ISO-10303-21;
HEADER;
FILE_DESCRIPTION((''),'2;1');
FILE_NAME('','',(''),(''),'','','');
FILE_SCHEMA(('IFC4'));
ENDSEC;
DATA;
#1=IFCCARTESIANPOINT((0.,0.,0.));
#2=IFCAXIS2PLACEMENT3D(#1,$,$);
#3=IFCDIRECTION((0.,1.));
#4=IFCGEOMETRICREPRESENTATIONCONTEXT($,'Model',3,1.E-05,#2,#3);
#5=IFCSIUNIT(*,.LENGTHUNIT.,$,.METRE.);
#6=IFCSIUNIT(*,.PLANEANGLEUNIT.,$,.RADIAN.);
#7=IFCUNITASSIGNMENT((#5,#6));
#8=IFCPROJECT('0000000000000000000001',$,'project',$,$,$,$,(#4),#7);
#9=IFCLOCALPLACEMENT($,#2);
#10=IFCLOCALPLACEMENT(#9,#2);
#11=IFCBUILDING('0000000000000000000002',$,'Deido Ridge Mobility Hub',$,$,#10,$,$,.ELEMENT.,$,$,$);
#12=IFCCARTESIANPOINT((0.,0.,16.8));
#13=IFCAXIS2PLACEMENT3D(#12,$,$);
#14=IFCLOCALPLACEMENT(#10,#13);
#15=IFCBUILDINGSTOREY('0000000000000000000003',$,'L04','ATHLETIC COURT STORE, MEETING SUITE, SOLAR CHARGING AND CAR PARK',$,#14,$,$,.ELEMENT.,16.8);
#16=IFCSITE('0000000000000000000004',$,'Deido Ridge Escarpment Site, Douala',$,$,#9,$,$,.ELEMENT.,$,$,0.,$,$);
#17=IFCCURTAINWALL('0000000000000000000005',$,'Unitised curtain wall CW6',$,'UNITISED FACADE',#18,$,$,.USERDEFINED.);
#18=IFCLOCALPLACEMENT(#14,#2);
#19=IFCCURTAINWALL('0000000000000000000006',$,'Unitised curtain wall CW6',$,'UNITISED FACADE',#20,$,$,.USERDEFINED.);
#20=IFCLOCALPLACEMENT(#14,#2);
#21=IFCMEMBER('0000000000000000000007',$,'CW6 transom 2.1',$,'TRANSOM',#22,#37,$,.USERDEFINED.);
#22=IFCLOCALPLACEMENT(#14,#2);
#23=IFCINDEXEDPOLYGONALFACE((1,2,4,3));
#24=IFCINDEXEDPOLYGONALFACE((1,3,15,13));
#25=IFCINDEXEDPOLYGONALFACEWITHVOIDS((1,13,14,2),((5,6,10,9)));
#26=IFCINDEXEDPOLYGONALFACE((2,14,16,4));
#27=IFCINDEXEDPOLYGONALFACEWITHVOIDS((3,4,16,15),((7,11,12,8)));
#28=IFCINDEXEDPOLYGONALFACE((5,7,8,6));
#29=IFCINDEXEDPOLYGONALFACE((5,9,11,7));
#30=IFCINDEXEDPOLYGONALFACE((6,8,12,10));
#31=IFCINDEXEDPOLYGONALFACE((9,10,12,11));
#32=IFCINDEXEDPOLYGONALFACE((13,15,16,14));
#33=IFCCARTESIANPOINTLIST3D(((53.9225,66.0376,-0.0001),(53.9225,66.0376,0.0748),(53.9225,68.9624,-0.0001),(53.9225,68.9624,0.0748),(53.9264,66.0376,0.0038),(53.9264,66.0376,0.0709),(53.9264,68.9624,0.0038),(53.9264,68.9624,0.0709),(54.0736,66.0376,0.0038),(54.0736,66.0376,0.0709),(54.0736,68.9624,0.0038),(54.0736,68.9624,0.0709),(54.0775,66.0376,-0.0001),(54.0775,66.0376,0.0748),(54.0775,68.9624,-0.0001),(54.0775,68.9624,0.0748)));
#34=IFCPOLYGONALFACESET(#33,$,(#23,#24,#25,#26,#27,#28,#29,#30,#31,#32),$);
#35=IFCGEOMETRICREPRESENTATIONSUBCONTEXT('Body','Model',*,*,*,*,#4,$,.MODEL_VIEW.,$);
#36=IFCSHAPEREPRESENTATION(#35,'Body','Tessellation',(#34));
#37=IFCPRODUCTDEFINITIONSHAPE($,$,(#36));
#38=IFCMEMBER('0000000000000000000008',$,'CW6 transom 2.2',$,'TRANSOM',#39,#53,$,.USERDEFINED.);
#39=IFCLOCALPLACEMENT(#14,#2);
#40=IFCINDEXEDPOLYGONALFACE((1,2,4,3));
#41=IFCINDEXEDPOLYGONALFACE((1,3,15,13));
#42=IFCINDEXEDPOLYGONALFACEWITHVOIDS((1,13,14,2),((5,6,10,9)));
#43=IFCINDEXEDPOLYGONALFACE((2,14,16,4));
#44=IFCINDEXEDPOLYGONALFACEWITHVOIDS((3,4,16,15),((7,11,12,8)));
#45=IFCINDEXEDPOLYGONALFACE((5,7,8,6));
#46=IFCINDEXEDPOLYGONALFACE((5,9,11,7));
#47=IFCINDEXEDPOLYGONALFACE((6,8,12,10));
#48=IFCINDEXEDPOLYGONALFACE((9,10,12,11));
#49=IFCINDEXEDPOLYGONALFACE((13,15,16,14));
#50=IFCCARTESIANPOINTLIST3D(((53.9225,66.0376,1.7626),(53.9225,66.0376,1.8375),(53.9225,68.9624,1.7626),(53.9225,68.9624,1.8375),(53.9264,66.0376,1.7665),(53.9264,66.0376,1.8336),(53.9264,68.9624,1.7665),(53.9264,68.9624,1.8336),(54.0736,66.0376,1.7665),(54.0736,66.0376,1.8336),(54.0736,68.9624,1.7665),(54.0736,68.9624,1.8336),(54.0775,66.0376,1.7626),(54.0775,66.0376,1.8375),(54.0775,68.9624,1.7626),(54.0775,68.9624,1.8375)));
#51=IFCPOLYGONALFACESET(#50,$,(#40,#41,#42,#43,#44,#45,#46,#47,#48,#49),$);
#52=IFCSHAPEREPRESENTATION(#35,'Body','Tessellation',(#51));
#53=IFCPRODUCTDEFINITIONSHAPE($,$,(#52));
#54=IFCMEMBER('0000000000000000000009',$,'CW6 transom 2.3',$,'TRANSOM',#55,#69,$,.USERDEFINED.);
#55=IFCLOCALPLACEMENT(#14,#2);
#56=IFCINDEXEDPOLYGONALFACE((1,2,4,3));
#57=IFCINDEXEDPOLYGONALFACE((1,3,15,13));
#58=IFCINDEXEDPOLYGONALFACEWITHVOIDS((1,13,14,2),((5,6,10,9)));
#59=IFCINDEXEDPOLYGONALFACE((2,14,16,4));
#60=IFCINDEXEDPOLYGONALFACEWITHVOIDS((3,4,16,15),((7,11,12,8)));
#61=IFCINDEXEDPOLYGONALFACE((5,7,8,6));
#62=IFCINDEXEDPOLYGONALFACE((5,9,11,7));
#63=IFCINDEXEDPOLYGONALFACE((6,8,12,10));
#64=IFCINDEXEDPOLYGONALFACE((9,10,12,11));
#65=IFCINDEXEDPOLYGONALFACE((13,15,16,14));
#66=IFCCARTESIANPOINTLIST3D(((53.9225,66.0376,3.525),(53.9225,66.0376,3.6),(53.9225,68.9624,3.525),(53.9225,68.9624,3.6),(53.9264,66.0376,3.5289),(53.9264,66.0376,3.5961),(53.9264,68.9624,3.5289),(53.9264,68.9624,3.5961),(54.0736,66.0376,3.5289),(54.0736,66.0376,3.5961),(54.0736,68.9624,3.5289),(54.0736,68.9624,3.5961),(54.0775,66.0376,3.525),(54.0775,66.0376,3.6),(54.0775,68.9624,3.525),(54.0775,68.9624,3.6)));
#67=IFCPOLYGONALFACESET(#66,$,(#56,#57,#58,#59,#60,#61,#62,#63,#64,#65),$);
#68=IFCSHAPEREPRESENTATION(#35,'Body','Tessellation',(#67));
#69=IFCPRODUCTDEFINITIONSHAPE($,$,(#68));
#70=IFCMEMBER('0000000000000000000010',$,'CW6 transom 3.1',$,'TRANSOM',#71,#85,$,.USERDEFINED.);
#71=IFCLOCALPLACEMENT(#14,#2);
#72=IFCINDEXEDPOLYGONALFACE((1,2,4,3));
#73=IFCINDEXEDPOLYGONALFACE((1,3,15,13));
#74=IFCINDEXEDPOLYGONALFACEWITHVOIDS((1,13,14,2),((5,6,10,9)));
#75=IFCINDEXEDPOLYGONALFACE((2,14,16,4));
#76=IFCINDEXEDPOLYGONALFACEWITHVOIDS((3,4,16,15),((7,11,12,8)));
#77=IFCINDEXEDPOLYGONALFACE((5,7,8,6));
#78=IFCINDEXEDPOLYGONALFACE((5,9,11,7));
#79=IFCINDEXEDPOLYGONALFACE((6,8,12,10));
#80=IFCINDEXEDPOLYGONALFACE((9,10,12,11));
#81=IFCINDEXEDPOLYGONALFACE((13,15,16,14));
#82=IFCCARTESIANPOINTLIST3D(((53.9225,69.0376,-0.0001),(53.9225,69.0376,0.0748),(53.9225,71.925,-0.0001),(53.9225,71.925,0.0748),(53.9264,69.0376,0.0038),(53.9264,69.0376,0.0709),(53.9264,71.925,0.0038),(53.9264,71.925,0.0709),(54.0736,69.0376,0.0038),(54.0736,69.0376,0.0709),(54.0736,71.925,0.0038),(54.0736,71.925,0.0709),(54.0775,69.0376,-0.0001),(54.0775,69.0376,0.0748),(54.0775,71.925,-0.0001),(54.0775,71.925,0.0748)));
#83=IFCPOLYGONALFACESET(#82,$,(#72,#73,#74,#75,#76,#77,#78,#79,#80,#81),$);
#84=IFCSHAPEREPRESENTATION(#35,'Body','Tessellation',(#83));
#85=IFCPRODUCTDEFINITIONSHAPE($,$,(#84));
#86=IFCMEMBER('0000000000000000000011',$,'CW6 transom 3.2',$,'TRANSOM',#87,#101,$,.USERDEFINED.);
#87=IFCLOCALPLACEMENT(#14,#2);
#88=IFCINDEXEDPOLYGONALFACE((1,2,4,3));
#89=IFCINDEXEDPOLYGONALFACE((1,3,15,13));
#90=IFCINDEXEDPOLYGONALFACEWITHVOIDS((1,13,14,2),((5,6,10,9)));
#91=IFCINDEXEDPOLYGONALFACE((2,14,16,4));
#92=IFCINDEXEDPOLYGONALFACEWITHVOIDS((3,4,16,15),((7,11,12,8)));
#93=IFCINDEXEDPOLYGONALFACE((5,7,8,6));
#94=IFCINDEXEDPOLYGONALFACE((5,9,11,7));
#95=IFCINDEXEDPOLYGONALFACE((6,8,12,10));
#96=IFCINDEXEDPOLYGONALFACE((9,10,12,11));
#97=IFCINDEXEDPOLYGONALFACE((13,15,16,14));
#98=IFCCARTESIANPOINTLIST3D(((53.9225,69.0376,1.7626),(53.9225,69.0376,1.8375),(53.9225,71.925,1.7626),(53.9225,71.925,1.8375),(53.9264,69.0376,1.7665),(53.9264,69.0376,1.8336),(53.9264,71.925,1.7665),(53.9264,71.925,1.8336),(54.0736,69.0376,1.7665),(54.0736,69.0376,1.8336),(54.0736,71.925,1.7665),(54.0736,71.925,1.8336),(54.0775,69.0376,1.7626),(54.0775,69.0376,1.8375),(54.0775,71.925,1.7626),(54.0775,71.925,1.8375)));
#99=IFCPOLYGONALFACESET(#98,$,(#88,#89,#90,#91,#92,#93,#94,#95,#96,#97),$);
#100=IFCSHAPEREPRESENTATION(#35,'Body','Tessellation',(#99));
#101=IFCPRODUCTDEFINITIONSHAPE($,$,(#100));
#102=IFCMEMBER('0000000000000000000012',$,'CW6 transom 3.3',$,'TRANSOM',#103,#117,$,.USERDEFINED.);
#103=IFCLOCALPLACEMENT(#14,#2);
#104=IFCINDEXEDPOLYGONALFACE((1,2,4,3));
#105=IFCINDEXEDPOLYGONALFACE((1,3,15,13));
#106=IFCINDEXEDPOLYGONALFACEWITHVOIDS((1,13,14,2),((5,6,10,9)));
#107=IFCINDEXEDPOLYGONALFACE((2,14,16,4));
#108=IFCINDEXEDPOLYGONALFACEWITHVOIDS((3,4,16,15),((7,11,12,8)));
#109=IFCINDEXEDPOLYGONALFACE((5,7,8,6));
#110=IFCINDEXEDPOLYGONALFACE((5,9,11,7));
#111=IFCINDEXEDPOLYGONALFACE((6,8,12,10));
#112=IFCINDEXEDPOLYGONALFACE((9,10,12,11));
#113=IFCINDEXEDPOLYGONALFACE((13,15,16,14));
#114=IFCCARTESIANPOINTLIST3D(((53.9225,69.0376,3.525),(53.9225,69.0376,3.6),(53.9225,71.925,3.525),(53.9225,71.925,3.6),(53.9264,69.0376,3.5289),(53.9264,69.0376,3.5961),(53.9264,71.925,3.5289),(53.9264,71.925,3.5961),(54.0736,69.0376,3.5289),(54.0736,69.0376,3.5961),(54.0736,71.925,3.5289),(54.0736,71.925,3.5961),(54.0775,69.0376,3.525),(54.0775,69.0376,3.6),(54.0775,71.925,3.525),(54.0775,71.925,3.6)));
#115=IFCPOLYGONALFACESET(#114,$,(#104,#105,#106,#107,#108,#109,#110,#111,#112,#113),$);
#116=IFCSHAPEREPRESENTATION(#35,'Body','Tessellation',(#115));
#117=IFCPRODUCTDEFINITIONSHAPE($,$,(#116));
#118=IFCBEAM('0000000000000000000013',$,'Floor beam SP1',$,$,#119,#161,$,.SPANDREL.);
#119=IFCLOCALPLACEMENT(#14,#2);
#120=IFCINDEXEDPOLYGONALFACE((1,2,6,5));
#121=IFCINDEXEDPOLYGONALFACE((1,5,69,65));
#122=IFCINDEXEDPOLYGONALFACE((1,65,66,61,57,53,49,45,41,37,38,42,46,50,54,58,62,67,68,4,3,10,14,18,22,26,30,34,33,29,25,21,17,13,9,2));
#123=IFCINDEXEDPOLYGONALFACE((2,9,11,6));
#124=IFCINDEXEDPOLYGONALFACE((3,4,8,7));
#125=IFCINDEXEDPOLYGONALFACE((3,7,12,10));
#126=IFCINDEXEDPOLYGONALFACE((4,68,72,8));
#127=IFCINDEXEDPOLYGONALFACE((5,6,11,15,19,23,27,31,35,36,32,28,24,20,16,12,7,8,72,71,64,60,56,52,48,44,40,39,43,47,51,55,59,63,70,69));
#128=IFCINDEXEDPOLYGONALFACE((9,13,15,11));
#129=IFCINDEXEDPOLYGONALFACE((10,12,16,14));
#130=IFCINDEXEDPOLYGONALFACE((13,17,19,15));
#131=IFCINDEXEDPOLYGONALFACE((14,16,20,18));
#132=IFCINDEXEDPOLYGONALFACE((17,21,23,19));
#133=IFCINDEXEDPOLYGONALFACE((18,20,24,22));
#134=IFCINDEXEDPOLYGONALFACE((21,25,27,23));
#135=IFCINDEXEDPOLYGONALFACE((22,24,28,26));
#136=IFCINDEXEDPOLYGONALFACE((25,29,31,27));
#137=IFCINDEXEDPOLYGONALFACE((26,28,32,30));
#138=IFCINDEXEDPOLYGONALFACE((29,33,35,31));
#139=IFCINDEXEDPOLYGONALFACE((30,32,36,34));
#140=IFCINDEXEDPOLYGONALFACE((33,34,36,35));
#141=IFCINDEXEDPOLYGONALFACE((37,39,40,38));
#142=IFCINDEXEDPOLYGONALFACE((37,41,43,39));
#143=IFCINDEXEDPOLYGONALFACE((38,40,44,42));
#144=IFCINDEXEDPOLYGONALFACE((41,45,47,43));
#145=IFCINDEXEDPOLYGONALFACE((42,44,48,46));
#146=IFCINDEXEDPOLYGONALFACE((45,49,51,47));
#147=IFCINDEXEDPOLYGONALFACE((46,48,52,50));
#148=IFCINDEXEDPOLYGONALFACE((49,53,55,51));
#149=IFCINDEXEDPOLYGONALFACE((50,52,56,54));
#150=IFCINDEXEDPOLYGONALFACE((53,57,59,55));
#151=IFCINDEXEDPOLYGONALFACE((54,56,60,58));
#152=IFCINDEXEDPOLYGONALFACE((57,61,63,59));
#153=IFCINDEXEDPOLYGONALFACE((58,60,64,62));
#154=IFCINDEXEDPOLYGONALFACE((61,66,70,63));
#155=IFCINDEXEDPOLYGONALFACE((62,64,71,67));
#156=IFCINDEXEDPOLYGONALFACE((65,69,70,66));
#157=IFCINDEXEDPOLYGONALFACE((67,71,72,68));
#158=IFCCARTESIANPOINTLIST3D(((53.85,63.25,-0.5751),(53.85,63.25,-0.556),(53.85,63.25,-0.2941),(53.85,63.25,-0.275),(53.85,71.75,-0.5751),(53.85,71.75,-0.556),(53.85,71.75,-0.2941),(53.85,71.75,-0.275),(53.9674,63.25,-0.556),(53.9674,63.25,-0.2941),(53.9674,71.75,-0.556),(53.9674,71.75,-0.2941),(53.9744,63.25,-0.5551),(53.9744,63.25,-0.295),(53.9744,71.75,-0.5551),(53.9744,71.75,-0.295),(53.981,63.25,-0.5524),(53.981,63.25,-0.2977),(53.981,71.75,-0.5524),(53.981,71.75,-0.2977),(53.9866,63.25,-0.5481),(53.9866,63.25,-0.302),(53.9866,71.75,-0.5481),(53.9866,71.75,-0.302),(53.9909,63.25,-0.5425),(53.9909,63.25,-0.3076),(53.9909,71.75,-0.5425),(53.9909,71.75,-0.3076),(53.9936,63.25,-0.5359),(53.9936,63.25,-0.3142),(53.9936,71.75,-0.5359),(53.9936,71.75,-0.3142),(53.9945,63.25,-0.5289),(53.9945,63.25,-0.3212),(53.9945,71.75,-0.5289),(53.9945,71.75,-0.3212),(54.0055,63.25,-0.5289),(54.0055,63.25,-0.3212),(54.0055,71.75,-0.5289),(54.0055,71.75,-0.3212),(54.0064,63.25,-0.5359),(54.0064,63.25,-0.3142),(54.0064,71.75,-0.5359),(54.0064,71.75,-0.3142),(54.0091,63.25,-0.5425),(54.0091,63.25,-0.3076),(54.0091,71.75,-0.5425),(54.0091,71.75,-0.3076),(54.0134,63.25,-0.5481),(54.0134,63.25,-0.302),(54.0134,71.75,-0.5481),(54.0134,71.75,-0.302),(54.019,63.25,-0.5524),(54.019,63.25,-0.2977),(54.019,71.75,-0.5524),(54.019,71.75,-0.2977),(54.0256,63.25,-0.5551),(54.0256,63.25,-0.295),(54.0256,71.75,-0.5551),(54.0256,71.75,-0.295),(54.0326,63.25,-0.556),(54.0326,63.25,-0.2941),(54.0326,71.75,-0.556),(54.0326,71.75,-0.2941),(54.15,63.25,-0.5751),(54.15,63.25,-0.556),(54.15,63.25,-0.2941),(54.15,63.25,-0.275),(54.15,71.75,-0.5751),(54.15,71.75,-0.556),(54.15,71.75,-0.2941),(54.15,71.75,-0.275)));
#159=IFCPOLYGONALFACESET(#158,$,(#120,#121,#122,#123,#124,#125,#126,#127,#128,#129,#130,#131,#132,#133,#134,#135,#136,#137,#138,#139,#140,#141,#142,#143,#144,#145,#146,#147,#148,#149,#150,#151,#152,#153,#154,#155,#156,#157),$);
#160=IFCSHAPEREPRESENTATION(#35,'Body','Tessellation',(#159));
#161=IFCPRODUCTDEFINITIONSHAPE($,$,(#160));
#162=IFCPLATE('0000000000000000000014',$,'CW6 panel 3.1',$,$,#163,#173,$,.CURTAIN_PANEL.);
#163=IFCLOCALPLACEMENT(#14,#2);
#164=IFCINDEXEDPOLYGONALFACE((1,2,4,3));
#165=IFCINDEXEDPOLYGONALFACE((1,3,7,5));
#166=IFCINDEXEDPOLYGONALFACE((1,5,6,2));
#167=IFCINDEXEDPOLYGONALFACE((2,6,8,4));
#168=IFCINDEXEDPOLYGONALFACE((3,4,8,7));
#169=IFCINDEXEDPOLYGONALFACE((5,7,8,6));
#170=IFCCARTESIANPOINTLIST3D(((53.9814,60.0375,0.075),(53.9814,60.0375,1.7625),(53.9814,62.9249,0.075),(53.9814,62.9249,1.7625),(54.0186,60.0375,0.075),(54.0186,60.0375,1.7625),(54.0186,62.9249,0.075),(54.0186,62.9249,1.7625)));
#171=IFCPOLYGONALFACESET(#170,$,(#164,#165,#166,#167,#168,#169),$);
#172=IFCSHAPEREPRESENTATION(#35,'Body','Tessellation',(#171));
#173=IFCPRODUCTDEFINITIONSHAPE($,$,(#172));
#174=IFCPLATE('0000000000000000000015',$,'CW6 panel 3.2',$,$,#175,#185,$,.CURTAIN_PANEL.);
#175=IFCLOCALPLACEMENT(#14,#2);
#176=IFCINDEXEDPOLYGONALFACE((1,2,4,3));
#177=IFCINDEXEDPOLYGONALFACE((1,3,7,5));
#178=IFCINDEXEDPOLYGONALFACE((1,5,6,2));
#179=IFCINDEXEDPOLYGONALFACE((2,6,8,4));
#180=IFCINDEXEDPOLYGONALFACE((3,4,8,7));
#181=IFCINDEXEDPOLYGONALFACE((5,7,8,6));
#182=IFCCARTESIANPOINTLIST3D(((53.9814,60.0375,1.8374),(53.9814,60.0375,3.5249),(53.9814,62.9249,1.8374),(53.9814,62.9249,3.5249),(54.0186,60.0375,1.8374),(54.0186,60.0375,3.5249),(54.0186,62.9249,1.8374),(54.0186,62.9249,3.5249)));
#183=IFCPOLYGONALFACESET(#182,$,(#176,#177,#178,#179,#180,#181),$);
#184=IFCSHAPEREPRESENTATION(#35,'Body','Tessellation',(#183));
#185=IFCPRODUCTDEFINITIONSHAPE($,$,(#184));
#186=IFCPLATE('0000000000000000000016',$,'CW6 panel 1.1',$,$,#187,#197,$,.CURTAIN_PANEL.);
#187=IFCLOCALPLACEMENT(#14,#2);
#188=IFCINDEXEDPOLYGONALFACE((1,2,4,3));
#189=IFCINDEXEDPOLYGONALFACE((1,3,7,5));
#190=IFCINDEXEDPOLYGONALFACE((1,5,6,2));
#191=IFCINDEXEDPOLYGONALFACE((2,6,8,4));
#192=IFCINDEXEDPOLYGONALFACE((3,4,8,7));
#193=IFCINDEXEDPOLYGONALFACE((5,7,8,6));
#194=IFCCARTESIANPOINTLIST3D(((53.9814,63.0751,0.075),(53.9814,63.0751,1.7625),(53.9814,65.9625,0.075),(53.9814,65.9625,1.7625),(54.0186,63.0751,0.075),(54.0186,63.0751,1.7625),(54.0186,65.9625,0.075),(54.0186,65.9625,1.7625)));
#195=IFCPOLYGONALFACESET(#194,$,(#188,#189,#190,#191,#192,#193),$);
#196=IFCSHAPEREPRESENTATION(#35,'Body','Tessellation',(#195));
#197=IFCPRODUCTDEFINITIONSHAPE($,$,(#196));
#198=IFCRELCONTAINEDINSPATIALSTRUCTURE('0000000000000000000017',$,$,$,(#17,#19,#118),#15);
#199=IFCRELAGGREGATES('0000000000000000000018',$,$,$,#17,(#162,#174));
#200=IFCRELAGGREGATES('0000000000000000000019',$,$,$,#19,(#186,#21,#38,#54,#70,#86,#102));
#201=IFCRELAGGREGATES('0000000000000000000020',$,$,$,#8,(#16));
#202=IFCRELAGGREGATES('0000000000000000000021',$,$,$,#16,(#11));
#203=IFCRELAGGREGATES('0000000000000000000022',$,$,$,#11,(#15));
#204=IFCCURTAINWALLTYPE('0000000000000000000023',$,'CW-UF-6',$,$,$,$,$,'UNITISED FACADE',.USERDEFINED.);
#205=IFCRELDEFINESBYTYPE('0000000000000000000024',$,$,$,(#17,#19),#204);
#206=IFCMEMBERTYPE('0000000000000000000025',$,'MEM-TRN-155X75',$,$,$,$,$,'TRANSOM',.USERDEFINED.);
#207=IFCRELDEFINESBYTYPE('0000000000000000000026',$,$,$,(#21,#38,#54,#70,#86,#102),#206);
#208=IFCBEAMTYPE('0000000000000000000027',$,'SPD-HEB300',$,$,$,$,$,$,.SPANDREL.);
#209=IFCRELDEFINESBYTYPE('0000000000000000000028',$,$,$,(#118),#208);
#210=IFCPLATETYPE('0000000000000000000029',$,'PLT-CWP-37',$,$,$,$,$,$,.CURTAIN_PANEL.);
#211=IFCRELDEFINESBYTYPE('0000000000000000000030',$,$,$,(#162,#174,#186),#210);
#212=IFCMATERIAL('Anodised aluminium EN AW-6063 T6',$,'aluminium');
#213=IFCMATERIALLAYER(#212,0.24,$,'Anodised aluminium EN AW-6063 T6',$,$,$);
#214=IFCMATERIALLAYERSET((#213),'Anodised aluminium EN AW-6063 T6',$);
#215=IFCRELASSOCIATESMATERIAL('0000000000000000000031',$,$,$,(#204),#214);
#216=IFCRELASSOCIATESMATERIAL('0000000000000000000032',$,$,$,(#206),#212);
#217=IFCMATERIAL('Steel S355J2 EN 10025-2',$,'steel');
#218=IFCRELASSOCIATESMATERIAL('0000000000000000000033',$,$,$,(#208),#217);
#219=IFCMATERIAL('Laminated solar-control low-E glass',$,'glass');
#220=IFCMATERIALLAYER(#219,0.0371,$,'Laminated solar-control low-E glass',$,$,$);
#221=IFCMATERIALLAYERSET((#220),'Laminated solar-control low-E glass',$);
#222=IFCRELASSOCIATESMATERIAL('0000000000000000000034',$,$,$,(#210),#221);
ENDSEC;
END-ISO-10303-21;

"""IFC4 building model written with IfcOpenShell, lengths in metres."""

from ifc_helpers import new_model, si_unit, direction, frame, origin, origin_2d, place, context, subcontext, project, spatial, rectangle, hollow_rectangle, i_section, extrude, material, layer, layer_set, material_profile, profile_set, type_object, element, aggregate, save


model = new_model("IFC4")

# Units and contexts
model_context = context("Model", 3, precision=1e-05, world=origin(), true_north=direction((0.0, 1.0)))
body_context = subcontext(model_context, "Body", "Model", "MODEL_VIEW")
ifc_project = project(units=[si_unit("LENGTHUNIT", "METRE"), si_unit("PLANEANGLEUNIT", "RADIAN")], contexts=[model_context])

# Site, building, storey
site_placement = place(None, origin())
site = spatial("IfcSite", under=ifc_project, at=site_placement, Name="Deido Ridge Escarpment Site, Douala", CompositionType="ELEMENT", RefElevation=0.0)
building_placement = place(site_placement, origin())
building = spatial("IfcBuilding", under=site, at=building_placement, Name="Deido Ridge Mobility Hub", CompositionType="ELEMENT")
storey_placement = place(building_placement, frame((0.0, 0.0, 16.8)))
storey = spatial("IfcBuildingStorey", under=building, at=storey_placement, Name="L04", Description="ATHLETIC COURT STORE, MEETING SUITE, SOLAR CHARGING AND CAR PARK", CompositionType="ELEMENT", Elevation=16.8)

# Curtain walls
ifc_material_1 = material(Name="Anodised aluminium EN AW-6063 T6", Category="aluminium")
ifc_layer_1 = layer(ifc_material_1, 0.24, Name="Anodised aluminium EN AW-6063 T6")
ifc_layer_set_1 = layer_set([ifc_layer_1], Name="Anodised aluminium EN AW-6063 T6")
curtain_wall_type = type_object("IfcCurtainWallType", Name="CW-UF-6", ElementType="UNITISED FACADE", PredefinedType="USERDEFINED", material=ifc_layer_set_1)
curtain_wall_1_placement = place(storey_placement, origin())
curtain_wall_1 = element("IfcCurtainWall", 1, at=curtain_wall_1_placement, inside=storey, type_object=curtain_wall_type, Name="Unitised curtain wall CW6", ObjectType="UNITISED FACADE", PredefinedType="USERDEFINED")
curtain_wall_2_placement = place(storey_placement, origin())
curtain_wall_2 = element("IfcCurtainWall", 2, at=curtain_wall_2_placement, inside=storey, type_object=curtain_wall_type, Name="Unitised curtain wall CW6", ObjectType="UNITISED FACADE", PredefinedType="USERDEFINED")

# Members
ifc_material_profile_1 = material_profile(ifc_material_1, hollow_rectangle(XDim=0.155, YDim=0.075, WallThickness=0.0039, at=origin_2d()), Name="RHS 155x75x4")
ifc_profile_set_1 = profile_set([ifc_material_profile_1], Name="Anodised aluminium EN AW-6063 T6")
member_type_1 = type_object("IfcMemberType", Name="MEM-TRN-155X75", ElementType="TRANSOM", PredefinedType="USERDEFINED", material=ifc_profile_set_1)
member_1_placement = place(storey_placement, frame((54.0, 66.0376, 0.0374), z_axis=(0.0, 1.0, 0.0), x_axis=(-1.0, 0.0, 0.0)))
member_1 = element("IfcMember", 3, at=member_1_placement, type_object=member_type_1, Name="CW6 transom 2.1", ObjectType="TRANSOM", PredefinedType="USERDEFINED", context=body_context, shape_type="SweptSolid", body=[
    extrude(hollow_rectangle(XDim=0.155, YDim=0.075, WallThickness=0.0039, at=origin_2d()), origin(), (0.0, 0.0, 1.0), 2.9248),
])
member_2_placement = place(storey_placement, frame((54.0, 66.0376, 1.8), z_axis=(0.0, 1.0, 0.0), x_axis=(-1.0, 0.0, 0.0)))
member_2 = element("IfcMember", 4, at=member_2_placement, type_object=member_type_1, Name="CW6 transom 2.2", ObjectType="TRANSOM", PredefinedType="USERDEFINED", context=body_context, shape_type="SweptSolid", body=[
    extrude(hollow_rectangle(XDim=0.155, YDim=0.075, WallThickness=0.0039, at=origin_2d()), origin(), (0.0, 0.0, 1.0), 2.9248),
])
member_3_placement = place(storey_placement, frame((54.0, 66.0376, 3.5625), z_axis=(0.0, 1.0, 0.0), x_axis=(-1.0, 0.0, 0.0)))
member_3 = element("IfcMember", 5, at=member_3_placement, type_object=member_type_1, Name="CW6 transom 2.3", ObjectType="TRANSOM", PredefinedType="USERDEFINED", context=body_context, shape_type="SweptSolid", body=[
    extrude(hollow_rectangle(XDim=0.155, YDim=0.075, WallThickness=0.0039, at=origin_2d()), origin(), (0.0, 0.0, 1.0), 2.9248),
])
member_4_placement = place(storey_placement, frame((54.0, 69.0376, 0.0374), z_axis=(0.0, 1.0, 0.0), x_axis=(-1.0, 0.0, 0.0)))
member_4 = element("IfcMember", 6, at=member_4_placement, type_object=member_type_1, Name="CW6 transom 3.1", ObjectType="TRANSOM", PredefinedType="USERDEFINED", context=body_context, shape_type="SweptSolid", body=[
    extrude(hollow_rectangle(XDim=0.155, YDim=0.075, WallThickness=0.0039, at=origin_2d()), origin(), (0.0, 0.0, 1.0), 2.8875),
])
member_5_placement = place(storey_placement, frame((54.0, 69.0376, 1.8), z_axis=(0.0, 1.0, 0.0), x_axis=(-1.0, 0.0, 0.0)))
member_5 = element("IfcMember", 7, at=member_5_placement, type_object=member_type_1, Name="CW6 transom 3.2", ObjectType="TRANSOM", PredefinedType="USERDEFINED", context=body_context, shape_type="SweptSolid", body=[
    extrude(hollow_rectangle(XDim=0.155, YDim=0.075, WallThickness=0.0039, at=origin_2d()), origin(), (0.0, 0.0, 1.0), 2.8875),
])
member_6_placement = place(storey_placement, frame((54.0, 69.0376, 3.5625), z_axis=(0.0, 1.0, 0.0), x_axis=(-1.0, 0.0, 0.0)))
member_6 = element("IfcMember", 8, at=member_6_placement, type_object=member_type_1, Name="CW6 transom 3.3", ObjectType="TRANSOM", PredefinedType="USERDEFINED", context=body_context, shape_type="SweptSolid", body=[
    extrude(hollow_rectangle(XDim=0.155, YDim=0.075, WallThickness=0.0039, at=origin_2d()), origin(), (0.0, 0.0, 1.0), 2.8875),
])

# Beam
ifc_material_2 = material(Name="Steel S355J2 EN 10025-2", Category="steel")
ifc_material_profile_2 = material_profile(ifc_material_2, i_section(OverallWidth=0.3, OverallDepth=0.3, WebThickness=0.011, FlangeThickness=0.019, FilletRadius=0.0271, at=origin_2d()), Name="HEB 300")
ifc_profile_set_2 = profile_set([ifc_material_profile_2], Name="Steel S355J2 EN 10025-2")
beam_type = type_object("IfcBeamType", Name="SPD-HEB300", PredefinedType="SPANDREL", material=ifc_profile_set_2)
beam_placement = place(storey_placement, frame((54.0, 63.25, -0.425), z_axis=(0.0, 1.0, 0.0), x_axis=(-1.0, 0.0, 0.0)))
element("IfcBeam", 9, at=beam_placement, inside=storey, type_object=beam_type, Name="Floor beam SP1", PredefinedType="SPANDREL", context=body_context, shape_type="SweptSolid", body=[
    extrude(i_section(OverallWidth=0.3, OverallDepth=0.3, WebThickness=0.011, FlangeThickness=0.019, FilletRadius=0.0271, at=origin_2d()), origin(), (0.0, 0.0, 1.0), 8.5),
])

# Plates
ifc_material_3 = material(Name="Laminated solar-control low-E glass", Category="glass")
ifc_layer_2 = layer(ifc_material_3, 0.0371, Name="Laminated solar-control low-E glass")
ifc_layer_set_2 = layer_set([ifc_layer_2], Name="Laminated solar-control low-E glass")
plate_type = type_object("IfcPlateType", Name="PLT-CWP-37", PredefinedType="CURTAIN_PANEL", material=ifc_layer_set_2)
plate_1_placement = place(storey_placement, frame((54.0, 61.4812, 0.075), z_axis=(0.0, 0.0, 1.0), x_axis=(0.0, 1.0, 0.0)))
plate_1 = element("IfcPlate", 10, at=plate_1_placement, type_object=plate_type, Name="CW6 panel 3.1", PredefinedType="CURTAIN_PANEL", context=body_context, shape_type="SweptSolid", body=[
    extrude(rectangle(XDim=2.8875, YDim=0.0371, at=origin_2d()), origin(), (0.0, 0.0, 1.0), 1.6875),
])
plate_2_placement = place(storey_placement, frame((54.0, 61.4812, 1.8374), z_axis=(0.0, 0.0, 1.0), x_axis=(0.0, 1.0, 0.0)))
plate_2 = element("IfcPlate", 11, at=plate_2_placement, type_object=plate_type, Name="CW6 panel 3.2", PredefinedType="CURTAIN_PANEL", context=body_context, shape_type="SweptSolid", body=[
    extrude(rectangle(XDim=2.8875, YDim=0.0371, at=origin_2d()), origin(), (0.0, 0.0, 1.0), 1.6875),
])
aggregate(curtain_wall_1, [plate_1, plate_2])
plate_3_placement = place(storey_placement, frame((54.0, 64.5188, 0.075), z_axis=(0.0, 0.0, 1.0), x_axis=(0.0, 1.0, 0.0)))
plate_3 = element("IfcPlate", 12, at=plate_3_placement, type_object=plate_type, Name="CW6 panel 1.1", PredefinedType="CURTAIN_PANEL", context=body_context, shape_type="SweptSolid", body=[
    extrude(rectangle(XDim=2.8875, YDim=0.0371, at=origin_2d()), origin(), (0.0, 0.0, 1.0), 1.6875),
])
aggregate(curtain_wall_2, [plate_3, member_1, member_2, member_3, member_4, member_5, member_6])

save(model, "model.ifc")
